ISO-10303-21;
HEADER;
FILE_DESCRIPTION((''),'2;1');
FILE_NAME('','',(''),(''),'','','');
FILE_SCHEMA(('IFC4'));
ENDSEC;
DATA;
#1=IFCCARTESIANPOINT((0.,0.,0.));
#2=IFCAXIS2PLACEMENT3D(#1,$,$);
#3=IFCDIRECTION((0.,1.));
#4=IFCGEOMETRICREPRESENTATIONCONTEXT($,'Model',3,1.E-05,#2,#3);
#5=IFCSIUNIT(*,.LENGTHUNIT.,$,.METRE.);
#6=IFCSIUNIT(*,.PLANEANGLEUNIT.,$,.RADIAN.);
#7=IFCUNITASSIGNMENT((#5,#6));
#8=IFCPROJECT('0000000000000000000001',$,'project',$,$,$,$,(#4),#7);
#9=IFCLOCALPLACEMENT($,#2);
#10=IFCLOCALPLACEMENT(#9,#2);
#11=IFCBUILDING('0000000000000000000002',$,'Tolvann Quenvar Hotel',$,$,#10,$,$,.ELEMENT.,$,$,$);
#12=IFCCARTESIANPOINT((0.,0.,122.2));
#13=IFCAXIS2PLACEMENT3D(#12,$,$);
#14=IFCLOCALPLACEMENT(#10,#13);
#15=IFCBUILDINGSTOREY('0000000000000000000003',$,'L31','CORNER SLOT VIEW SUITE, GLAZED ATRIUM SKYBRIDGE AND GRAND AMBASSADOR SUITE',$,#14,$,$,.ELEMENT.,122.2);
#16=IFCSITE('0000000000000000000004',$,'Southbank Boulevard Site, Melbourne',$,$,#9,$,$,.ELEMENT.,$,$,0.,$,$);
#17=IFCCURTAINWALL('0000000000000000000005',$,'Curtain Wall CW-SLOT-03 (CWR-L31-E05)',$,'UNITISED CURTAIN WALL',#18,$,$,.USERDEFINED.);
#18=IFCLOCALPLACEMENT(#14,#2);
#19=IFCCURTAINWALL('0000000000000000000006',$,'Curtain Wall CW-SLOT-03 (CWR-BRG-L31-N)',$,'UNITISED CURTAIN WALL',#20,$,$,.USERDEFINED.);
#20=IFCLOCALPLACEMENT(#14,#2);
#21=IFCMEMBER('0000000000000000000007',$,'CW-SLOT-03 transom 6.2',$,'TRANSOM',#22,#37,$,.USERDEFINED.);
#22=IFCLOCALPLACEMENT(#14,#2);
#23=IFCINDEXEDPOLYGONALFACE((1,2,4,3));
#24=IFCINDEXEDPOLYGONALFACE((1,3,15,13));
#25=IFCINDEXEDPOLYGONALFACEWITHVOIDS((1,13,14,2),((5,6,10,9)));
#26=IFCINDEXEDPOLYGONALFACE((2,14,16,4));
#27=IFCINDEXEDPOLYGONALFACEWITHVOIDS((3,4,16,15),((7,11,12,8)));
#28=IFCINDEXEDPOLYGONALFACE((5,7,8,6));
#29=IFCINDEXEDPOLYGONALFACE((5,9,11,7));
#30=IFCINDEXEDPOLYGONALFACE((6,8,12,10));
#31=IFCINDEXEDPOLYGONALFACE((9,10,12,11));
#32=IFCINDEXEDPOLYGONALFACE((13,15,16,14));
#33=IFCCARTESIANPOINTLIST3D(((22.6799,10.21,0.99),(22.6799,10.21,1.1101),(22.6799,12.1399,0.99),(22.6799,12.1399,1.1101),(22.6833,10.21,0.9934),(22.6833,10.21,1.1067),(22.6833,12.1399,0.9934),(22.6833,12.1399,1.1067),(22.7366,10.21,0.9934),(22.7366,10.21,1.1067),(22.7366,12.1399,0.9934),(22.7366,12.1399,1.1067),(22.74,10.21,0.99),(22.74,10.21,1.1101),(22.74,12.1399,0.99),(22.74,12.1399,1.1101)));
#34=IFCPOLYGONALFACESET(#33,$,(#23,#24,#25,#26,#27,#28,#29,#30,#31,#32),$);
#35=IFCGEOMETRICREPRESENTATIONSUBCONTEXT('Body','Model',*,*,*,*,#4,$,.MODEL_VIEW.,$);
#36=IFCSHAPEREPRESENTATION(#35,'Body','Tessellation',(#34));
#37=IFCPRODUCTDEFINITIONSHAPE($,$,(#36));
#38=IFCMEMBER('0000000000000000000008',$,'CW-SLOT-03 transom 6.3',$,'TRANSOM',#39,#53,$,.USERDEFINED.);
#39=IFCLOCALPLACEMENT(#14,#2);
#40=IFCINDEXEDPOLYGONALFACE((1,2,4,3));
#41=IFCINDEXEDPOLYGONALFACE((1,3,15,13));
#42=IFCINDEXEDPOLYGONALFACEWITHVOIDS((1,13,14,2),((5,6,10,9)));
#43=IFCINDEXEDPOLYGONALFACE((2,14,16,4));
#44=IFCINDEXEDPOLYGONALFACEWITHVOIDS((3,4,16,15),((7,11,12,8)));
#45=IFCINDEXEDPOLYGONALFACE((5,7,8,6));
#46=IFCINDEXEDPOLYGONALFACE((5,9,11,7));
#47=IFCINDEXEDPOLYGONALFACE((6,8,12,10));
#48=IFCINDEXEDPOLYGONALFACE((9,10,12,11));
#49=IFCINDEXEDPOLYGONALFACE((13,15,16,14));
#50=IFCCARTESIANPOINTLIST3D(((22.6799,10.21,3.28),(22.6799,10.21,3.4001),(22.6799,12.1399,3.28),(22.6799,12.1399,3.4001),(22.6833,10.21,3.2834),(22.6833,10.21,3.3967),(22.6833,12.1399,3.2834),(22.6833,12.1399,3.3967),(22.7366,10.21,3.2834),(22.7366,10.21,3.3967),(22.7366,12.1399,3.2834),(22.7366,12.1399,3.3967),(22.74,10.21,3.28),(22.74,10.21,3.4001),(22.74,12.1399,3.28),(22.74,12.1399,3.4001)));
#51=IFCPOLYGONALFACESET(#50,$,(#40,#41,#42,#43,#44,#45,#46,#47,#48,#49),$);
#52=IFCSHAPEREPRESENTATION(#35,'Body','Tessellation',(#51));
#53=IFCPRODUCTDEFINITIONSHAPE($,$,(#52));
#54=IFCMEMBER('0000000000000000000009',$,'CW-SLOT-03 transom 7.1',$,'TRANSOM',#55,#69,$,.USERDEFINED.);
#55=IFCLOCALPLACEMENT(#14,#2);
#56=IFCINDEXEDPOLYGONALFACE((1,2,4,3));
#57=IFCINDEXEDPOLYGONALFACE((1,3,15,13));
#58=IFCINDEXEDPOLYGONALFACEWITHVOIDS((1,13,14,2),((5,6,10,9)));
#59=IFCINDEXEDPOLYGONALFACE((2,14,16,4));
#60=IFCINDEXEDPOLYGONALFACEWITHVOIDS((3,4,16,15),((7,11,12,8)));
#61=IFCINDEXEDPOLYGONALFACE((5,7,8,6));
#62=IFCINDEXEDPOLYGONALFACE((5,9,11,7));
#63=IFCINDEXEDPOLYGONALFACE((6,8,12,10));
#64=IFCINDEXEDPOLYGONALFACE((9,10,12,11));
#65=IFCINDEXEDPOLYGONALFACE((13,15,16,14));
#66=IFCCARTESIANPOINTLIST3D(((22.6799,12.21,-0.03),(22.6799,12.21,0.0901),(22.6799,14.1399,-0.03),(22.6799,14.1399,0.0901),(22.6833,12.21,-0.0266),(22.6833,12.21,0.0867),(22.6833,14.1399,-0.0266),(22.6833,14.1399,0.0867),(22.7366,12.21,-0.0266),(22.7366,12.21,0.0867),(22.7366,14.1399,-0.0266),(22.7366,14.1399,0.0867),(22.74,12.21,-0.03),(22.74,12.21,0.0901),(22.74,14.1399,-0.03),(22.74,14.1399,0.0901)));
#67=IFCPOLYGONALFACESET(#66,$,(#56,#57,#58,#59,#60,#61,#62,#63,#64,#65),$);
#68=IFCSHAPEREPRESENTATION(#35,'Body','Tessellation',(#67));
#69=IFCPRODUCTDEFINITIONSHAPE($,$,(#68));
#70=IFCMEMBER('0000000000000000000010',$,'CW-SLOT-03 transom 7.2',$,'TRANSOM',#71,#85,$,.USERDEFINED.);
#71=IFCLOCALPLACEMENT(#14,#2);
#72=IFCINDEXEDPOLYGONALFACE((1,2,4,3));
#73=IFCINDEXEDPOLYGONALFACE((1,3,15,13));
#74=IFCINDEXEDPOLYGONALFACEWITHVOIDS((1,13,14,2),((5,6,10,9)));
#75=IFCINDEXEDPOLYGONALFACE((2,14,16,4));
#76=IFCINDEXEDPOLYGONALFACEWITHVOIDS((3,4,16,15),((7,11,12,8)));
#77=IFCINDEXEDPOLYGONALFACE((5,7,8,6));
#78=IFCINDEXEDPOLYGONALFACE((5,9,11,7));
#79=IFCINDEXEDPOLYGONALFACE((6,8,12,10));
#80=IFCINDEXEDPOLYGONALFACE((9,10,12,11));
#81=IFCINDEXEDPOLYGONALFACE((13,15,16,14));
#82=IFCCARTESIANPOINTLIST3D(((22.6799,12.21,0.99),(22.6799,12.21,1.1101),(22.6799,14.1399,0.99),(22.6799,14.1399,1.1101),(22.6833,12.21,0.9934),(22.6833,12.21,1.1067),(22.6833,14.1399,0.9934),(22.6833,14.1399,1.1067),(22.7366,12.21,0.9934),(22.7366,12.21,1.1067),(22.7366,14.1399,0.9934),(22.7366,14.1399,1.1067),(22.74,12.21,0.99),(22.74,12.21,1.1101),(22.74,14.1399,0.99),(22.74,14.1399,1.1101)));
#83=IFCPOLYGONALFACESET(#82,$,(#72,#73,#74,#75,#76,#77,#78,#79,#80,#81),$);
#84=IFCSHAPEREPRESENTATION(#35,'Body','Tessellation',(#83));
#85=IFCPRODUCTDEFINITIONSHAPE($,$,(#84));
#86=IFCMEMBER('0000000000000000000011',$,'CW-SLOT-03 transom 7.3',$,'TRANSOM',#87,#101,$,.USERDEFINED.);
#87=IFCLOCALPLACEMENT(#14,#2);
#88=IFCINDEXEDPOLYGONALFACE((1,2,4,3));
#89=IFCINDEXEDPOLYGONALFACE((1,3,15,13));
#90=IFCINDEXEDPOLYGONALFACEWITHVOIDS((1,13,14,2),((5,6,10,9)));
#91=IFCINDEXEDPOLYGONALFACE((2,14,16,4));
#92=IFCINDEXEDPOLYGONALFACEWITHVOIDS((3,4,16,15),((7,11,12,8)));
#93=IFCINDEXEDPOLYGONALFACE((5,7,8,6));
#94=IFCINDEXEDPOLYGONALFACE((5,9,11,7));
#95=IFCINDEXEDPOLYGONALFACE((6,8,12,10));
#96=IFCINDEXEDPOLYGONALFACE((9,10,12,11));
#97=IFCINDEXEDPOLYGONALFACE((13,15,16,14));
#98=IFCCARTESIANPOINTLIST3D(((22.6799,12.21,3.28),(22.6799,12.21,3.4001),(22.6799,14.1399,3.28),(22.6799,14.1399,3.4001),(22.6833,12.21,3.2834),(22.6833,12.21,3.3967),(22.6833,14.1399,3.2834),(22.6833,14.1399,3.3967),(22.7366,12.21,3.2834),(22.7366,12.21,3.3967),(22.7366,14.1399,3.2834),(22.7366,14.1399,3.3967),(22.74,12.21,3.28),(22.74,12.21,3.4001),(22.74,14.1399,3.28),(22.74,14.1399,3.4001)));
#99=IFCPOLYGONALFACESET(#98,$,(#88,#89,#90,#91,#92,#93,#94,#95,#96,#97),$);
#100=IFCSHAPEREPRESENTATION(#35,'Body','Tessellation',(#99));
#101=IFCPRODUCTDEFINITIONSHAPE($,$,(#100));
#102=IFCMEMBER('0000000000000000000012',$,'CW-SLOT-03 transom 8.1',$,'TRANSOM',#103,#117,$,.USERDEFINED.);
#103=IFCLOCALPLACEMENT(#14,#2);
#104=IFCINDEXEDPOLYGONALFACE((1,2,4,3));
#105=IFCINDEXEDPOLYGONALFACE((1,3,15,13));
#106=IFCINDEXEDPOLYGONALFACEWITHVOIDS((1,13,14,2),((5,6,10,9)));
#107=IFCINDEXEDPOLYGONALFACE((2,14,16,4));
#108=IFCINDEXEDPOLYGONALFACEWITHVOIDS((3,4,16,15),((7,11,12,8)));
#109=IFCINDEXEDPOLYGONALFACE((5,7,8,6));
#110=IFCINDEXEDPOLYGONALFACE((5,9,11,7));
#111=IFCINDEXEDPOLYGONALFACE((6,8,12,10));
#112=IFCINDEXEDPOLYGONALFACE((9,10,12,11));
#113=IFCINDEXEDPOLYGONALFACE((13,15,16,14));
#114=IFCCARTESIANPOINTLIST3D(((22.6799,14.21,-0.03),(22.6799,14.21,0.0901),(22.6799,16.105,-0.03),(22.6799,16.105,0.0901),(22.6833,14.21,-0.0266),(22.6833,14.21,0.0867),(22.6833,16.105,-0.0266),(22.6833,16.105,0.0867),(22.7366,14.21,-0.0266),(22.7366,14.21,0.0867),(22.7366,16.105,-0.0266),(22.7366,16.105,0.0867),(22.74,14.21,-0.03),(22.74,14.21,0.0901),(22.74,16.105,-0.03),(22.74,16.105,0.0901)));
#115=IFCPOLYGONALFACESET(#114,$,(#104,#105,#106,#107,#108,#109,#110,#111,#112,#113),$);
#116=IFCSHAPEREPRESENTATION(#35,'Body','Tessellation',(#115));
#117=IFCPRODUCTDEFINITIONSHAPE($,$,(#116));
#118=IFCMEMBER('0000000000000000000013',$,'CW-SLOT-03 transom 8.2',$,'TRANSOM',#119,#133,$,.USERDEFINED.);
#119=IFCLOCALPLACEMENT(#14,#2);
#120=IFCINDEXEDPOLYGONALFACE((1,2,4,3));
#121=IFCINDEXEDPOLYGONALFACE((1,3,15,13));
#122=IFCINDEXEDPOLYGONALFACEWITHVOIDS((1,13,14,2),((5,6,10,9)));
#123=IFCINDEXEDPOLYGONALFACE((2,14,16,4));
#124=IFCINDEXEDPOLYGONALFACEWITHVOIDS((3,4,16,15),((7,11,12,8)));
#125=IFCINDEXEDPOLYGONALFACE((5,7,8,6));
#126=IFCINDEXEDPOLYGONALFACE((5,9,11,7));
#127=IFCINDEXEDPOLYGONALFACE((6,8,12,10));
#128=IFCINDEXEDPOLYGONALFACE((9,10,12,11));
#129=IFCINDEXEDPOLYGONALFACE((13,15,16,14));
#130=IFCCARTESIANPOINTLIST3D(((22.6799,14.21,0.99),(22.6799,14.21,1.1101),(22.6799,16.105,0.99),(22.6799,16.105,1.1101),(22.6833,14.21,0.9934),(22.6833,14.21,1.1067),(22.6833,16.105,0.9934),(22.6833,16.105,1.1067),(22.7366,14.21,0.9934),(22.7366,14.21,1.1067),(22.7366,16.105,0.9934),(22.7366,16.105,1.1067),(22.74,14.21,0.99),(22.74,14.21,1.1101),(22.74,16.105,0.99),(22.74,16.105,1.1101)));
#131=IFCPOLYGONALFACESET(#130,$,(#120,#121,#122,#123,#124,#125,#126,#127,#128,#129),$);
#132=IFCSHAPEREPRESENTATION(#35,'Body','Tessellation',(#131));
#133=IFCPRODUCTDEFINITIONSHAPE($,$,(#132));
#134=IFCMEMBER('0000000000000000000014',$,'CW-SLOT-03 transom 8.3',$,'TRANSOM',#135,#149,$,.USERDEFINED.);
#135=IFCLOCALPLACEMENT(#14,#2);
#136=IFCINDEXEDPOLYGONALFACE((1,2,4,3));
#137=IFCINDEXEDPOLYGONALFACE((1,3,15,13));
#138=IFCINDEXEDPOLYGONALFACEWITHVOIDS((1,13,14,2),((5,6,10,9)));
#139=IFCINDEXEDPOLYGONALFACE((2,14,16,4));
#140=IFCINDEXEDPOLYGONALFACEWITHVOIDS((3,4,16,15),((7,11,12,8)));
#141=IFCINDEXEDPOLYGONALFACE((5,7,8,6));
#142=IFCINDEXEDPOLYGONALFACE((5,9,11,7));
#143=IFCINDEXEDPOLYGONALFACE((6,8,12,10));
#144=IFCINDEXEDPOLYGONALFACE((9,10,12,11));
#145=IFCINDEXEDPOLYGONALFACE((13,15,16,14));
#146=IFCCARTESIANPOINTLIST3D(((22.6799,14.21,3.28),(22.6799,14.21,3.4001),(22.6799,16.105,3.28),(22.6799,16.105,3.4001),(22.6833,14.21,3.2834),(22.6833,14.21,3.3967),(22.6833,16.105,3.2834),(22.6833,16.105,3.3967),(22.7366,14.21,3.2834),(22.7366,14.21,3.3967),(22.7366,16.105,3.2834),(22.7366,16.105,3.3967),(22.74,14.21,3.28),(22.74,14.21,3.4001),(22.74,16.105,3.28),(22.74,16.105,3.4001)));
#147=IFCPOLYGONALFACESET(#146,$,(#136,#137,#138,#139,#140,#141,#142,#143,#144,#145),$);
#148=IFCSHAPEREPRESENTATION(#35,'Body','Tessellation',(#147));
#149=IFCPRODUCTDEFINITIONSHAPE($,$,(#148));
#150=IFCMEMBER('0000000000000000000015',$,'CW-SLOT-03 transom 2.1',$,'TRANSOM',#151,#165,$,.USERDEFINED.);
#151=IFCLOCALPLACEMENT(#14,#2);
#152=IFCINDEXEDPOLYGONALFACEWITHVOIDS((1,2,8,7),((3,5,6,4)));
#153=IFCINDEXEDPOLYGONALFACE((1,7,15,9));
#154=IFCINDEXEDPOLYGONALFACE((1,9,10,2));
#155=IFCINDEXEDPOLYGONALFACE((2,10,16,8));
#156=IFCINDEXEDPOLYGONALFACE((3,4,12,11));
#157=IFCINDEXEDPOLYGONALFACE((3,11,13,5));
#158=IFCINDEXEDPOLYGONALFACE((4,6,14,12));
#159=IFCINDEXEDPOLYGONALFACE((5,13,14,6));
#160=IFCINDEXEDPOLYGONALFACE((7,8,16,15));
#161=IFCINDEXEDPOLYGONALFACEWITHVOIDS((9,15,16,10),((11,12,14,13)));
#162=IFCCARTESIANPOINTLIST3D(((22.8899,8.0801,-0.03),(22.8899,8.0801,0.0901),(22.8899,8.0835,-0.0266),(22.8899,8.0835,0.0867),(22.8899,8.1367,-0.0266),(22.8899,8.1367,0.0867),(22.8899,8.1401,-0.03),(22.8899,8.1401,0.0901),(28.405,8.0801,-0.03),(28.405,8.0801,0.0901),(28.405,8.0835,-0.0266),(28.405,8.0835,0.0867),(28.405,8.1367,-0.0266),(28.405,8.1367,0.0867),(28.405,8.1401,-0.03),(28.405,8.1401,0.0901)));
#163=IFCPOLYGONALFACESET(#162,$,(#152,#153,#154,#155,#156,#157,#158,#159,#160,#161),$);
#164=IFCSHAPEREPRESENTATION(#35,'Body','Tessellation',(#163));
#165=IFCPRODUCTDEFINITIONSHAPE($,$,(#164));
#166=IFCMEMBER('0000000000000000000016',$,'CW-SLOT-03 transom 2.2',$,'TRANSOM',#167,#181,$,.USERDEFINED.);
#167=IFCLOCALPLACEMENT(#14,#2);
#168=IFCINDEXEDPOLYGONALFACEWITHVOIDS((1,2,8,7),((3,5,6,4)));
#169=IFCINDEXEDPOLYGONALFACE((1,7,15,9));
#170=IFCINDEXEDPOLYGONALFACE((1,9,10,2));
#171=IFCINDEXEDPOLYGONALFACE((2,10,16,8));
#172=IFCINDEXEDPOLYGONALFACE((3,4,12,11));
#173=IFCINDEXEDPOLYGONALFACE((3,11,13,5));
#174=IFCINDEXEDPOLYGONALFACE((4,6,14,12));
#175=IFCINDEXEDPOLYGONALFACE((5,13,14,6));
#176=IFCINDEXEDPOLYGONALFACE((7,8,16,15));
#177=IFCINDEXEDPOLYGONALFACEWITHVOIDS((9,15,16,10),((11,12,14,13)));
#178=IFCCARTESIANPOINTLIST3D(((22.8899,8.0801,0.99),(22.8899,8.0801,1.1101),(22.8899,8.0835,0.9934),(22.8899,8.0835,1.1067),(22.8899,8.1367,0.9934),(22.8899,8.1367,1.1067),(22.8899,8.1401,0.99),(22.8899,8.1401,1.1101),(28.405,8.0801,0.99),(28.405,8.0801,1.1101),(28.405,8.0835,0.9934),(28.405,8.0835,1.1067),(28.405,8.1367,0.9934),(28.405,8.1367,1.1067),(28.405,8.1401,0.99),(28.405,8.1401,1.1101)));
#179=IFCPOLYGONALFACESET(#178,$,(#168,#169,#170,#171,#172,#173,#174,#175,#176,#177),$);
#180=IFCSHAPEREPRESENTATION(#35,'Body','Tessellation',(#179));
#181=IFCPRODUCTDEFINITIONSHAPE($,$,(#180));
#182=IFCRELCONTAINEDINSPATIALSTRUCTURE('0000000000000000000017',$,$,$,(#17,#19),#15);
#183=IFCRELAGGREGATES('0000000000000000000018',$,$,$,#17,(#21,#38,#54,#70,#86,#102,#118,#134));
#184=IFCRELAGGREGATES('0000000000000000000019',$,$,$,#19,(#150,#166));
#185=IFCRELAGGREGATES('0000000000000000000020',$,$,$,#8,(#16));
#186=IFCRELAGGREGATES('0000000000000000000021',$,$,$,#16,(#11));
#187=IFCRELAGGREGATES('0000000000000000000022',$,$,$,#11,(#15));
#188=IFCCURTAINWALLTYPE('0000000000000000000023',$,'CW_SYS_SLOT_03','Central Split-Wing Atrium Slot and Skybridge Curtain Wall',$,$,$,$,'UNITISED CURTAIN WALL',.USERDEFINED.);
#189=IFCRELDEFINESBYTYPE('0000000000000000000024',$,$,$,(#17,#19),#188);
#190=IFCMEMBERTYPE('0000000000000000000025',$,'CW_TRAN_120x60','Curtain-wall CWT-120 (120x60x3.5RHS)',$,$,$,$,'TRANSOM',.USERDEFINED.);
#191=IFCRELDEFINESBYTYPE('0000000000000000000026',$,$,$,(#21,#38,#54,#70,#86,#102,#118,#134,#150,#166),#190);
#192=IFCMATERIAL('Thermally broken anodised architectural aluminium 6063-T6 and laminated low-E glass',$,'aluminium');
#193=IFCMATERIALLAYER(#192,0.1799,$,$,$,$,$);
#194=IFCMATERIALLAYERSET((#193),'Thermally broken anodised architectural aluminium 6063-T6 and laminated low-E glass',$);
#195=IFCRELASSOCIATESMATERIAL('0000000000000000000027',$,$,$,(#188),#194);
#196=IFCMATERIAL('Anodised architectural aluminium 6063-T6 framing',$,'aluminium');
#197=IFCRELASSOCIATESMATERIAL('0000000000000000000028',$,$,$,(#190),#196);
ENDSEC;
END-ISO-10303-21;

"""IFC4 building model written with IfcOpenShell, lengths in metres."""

from ifc_helpers import new_model, si_unit, direction, frame, origin, origin_2d, place, context, subcontext, project, spatial, hollow_rectangle, extrude, source, transform, mapped, material, layer, layer_set, material_profile, profile_set, type_object, type_shapes, element, aggregate, save


model = new_model("IFC4")

# Units and contexts
model_context = context("Model", 3, precision=1e-05, world=origin(), true_north=direction((0.0, 1.0)))
body_context = subcontext(model_context, "Body", "Model", "MODEL_VIEW")
ifc_project = project(units=[si_unit("LENGTHUNIT", "METRE"), si_unit("PLANEANGLEUNIT", "RADIAN")], contexts=[model_context])

# Site, building, storey
site_placement = place(None, origin())
site = spatial("IfcSite", under=ifc_project, at=site_placement, Name="Southbank Boulevard Site, Melbourne", CompositionType="ELEMENT", RefElevation=0.0)
building_placement = place(site_placement, origin())
building = spatial("IfcBuilding", under=site, at=building_placement, Name="Tolvann Quenvar Hotel", CompositionType="ELEMENT")
storey_placement = place(building_placement, frame((0.0, 0.0, 122.2)))
storey = spatial("IfcBuildingStorey", under=building, at=storey_placement, Name="L31", Description="CORNER SLOT VIEW SUITE, GLAZED ATRIUM SKYBRIDGE AND GRAND AMBASSADOR SUITE", CompositionType="ELEMENT", Elevation=122.2)

# Curtain walls
ifc_material_1 = material(Name="Thermally broken anodised architectural aluminium 6063-T6 and laminated low-E glass", Category="aluminium")
ifc_layer_1 = layer(ifc_material_1, 0.1799)
ifc_layer_set_1 = layer_set([ifc_layer_1], Name="Thermally broken anodised architectural aluminium 6063-T6 and laminated low-E glass")
curtain_wall_type = type_object("IfcCurtainWallType", Name="CW_SYS_SLOT_03", Description="Central Split-Wing Atrium Slot and Skybridge Curtain Wall", ElementType="UNITISED CURTAIN WALL", PredefinedType="USERDEFINED", material=ifc_layer_set_1)
curtain_wall_1_placement = place(storey_placement, origin())
curtain_wall_1 = element("IfcCurtainWall", 1, at=curtain_wall_1_placement, inside=storey, type_object=curtain_wall_type, Name="Curtain Wall CW-SLOT-03 (CWR-L31-E05)", ObjectType="UNITISED CURTAIN WALL", PredefinedType="USERDEFINED")
ifc_material_2 = material(Name="Anodised architectural aluminium 6063-T6 framing", Category="aluminium")
curtain_wall_2_placement = place(storey_placement, origin())
curtain_wall_2 = element("IfcCurtainWall", 2, at=curtain_wall_2_placement, inside=storey, type_object=curtain_wall_type, Name="Curtain Wall CW-SLOT-03 (CWR-BRG-L31-N)", ObjectType="UNITISED CURTAIN WALL", PredefinedType="USERDEFINED")

# Members
ifc_material_profile_1 = material_profile(ifc_material_2, hollow_rectangle(XDim=0.0601, YDim=0.1201, WallThickness=0.0034, at=origin_2d()), Name="120x60x3.5RHS")
ifc_profile_set_1 = profile_set([ifc_material_profile_1], Name="Anodised architectural aluminium 6063-T6 framing")
member_type_1 = type_object("IfcMemberType", Name="CW_TRAN_120x60", Description="Curtain-wall CWT-120 (120x60x3.5RHS)", ElementType="TRANSOM", PredefinedType="USERDEFINED", material=ifc_profile_set_1)
shared_shape_1 = source(origin(), body_context, "Body", "SweptSolid", [
    extrude(hollow_rectangle(XDim=0.0601, YDim=0.1201, WallThickness=0.0034, at=origin_2d()), origin(), (0.0, 0.0, 1.0), 1.9299),
])
member_1_placement = place(storey_placement, frame((22.71, 10.21, 1.05), z_axis=(0.0, 1.0, 0.0), x_axis=(-1.0, 0.0, 0.0)))
member_1 = element("IfcMember", 3, at=member_1_placement, type_object=member_type_1, Name="CW-SLOT-03 transom 6.2", ObjectType="TRANSOM", PredefinedType="USERDEFINED", context=body_context, shape_type="MappedRepresentation", body=[
    mapped(shared_shape_1, transform((0.0, 0.0, 0.0), x_axis=(1.0, 0.0, 0.0), y_axis=(0.0, 1.0, 0.0), z_axis=(0.0, 0.0, 1.0), scale=1.0)),
])
member_2_placement = place(storey_placement, frame((22.71, 10.21, 3.3401), z_axis=(0.0, 1.0, 0.0), x_axis=(-1.0, 0.0, 0.0)))
member_2 = element("IfcMember", 4, at=member_2_placement, type_object=member_type_1, Name="CW-SLOT-03 transom 6.3", ObjectType="TRANSOM", PredefinedType="USERDEFINED", context=body_context, shape_type="MappedRepresentation", body=[
    mapped(shared_shape_1, transform((0.0, 0.0, 0.0), x_axis=(1.0, 0.0, 0.0), y_axis=(0.0, 1.0, 0.0), z_axis=(0.0, 0.0, 1.0), scale=1.0)),
])
member_3_placement = place(storey_placement, frame((22.71, 12.21, 0.03), z_axis=(0.0, 1.0, 0.0), x_axis=(-1.0, 0.0, 0.0)))
member_3 = element("IfcMember", 5, at=member_3_placement, type_object=member_type_1, Name="CW-SLOT-03 transom 7.1", ObjectType="TRANSOM", PredefinedType="USERDEFINED", context=body_context, shape_type="MappedRepresentation", body=[
    mapped(shared_shape_1, transform((0.0, 0.0, 0.0), x_axis=(1.0, 0.0, 0.0), y_axis=(0.0, 1.0, 0.0), z_axis=(0.0, 0.0, 1.0), scale=1.0)),
])
member_4_placement = place(storey_placement, frame((22.71, 12.21, 1.05), z_axis=(0.0, 1.0, 0.0), x_axis=(-1.0, 0.0, 0.0)))
member_4 = element("IfcMember", 6, at=member_4_placement, type_object=member_type_1, Name="CW-SLOT-03 transom 7.2", ObjectType="TRANSOM", PredefinedType="USERDEFINED", context=body_context, shape_type="MappedRepresentation", body=[
    mapped(shared_shape_1, transform((0.0, 0.0, 0.0), x_axis=(1.0, 0.0, 0.0), y_axis=(0.0, 1.0, 0.0), z_axis=(0.0, 0.0, 1.0), scale=1.0)),
])
member_5_placement = place(storey_placement, frame((22.71, 12.21, 3.3401), z_axis=(0.0, 1.0, 0.0), x_axis=(-1.0, 0.0, 0.0)))
member_5 = element("IfcMember", 7, at=member_5_placement, type_object=member_type_1, Name="CW-SLOT-03 transom 7.3", ObjectType="TRANSOM", PredefinedType="USERDEFINED", context=body_context, shape_type="MappedRepresentation", body=[
    mapped(shared_shape_1, transform((0.0, 0.0, 0.0), x_axis=(1.0, 0.0, 0.0), y_axis=(0.0, 1.0, 0.0), z_axis=(0.0, 0.0, 1.0), scale=1.0)),
])
shared_shape_2 = source(origin(), body_context, "Body", "SweptSolid", [
    extrude(hollow_rectangle(XDim=0.0601, YDim=0.1201, WallThickness=0.0034, at=origin_2d()), origin(), (0.0, 0.0, 1.0), 1.895),
])
member_6_placement = place(storey_placement, frame((22.71, 14.21, 0.03), z_axis=(0.0, 1.0, 0.0), x_axis=(-1.0, 0.0, 0.0)))
member_6 = element("IfcMember", 8, at=member_6_placement, type_object=member_type_1, Name="CW-SLOT-03 transom 8.1", ObjectType="TRANSOM", PredefinedType="USERDEFINED", context=body_context, shape_type="MappedRepresentation", body=[
    mapped(shared_shape_2, transform((0.0, 0.0, 0.0), x_axis=(1.0, 0.0, 0.0), y_axis=(0.0, 1.0, 0.0), z_axis=(0.0, 0.0, 1.0), scale=1.0)),
])
member_7_placement = place(storey_placement, frame((22.71, 14.21, 1.05), z_axis=(0.0, 1.0, 0.0), x_axis=(-1.0, 0.0, 0.0)))
member_7 = element("IfcMember", 9, at=member_7_placement, type_object=member_type_1, Name="CW-SLOT-03 transom 8.2", ObjectType="TRANSOM", PredefinedType="USERDEFINED", context=body_context, shape_type="MappedRepresentation", body=[
    mapped(shared_shape_2, transform((0.0, 0.0, 0.0), x_axis=(1.0, 0.0, 0.0), y_axis=(0.0, 1.0, 0.0), z_axis=(0.0, 0.0, 1.0), scale=1.0)),
])
member_8_placement = place(storey_placement, frame((22.71, 14.21, 3.3401), z_axis=(0.0, 1.0, 0.0), x_axis=(-1.0, 0.0, 0.0)))
member_8 = element("IfcMember", 10, at=member_8_placement, type_object=member_type_1, Name="CW-SLOT-03 transom 8.3", ObjectType="TRANSOM", PredefinedType="USERDEFINED", context=body_context, shape_type="MappedRepresentation", body=[
    mapped(shared_shape_2, transform((0.0, 0.0, 0.0), x_axis=(1.0, 0.0, 0.0), y_axis=(0.0, 1.0, 0.0), z_axis=(0.0, 0.0, 1.0), scale=1.0)),
])
shared_shape_3 = source(origin(), body_context, "Body", "SweptSolid", [
    extrude(hollow_rectangle(XDim=0.0601, YDim=0.1201, WallThickness=0.0034, at=origin_2d()), origin(), (0.0, 0.0, 1.0), 5.5151),
])
type_shapes(member_type_1, [shared_shape_1, shared_shape_2, shared_shape_3])
member_9_placement = place(storey_placement, frame((28.405, 8.1101, 0.03), z_axis=(-1.0, 0.0, 0.0), x_axis=(0.0, -1.0, 0.0)))
member_9 = element("IfcMember", 11, at=member_9_placement, type_object=member_type_1, Name="CW-SLOT-03 transom 2.1", ObjectType="TRANSOM", PredefinedType="USERDEFINED", context=body_context, shape_type="MappedRepresentation", body=[
    mapped(shared_shape_3, transform((0.0, 0.0, 0.0), x_axis=(1.0, 0.0, 0.0), y_axis=(0.0, 1.0, 0.0), z_axis=(0.0, 0.0, 1.0), scale=1.0)),
])
member_10_placement = place(storey_placement, frame((28.405, 8.1101, 1.05), z_axis=(-1.0, 0.0, 0.0), x_axis=(0.0, -1.0, 0.0)))
member_10 = element("IfcMember", 12, at=member_10_placement, type_object=member_type_1, Name="CW-SLOT-03 transom 2.2", ObjectType="TRANSOM", PredefinedType="USERDEFINED", context=body_context, shape_type="MappedRepresentation", body=[
    mapped(shared_shape_3, transform((0.0, 0.0, 0.0), x_axis=(1.0, 0.0, 0.0), y_axis=(0.0, 1.0, 0.0), z_axis=(0.0, 0.0, 1.0), scale=1.0)),
])

aggregate(curtain_wall_1, [member_1, member_2, member_3, member_4, member_5, member_6, member_7, member_8])
aggregate(curtain_wall_2, [member_9, member_10])

save(model, "model.ifc")
